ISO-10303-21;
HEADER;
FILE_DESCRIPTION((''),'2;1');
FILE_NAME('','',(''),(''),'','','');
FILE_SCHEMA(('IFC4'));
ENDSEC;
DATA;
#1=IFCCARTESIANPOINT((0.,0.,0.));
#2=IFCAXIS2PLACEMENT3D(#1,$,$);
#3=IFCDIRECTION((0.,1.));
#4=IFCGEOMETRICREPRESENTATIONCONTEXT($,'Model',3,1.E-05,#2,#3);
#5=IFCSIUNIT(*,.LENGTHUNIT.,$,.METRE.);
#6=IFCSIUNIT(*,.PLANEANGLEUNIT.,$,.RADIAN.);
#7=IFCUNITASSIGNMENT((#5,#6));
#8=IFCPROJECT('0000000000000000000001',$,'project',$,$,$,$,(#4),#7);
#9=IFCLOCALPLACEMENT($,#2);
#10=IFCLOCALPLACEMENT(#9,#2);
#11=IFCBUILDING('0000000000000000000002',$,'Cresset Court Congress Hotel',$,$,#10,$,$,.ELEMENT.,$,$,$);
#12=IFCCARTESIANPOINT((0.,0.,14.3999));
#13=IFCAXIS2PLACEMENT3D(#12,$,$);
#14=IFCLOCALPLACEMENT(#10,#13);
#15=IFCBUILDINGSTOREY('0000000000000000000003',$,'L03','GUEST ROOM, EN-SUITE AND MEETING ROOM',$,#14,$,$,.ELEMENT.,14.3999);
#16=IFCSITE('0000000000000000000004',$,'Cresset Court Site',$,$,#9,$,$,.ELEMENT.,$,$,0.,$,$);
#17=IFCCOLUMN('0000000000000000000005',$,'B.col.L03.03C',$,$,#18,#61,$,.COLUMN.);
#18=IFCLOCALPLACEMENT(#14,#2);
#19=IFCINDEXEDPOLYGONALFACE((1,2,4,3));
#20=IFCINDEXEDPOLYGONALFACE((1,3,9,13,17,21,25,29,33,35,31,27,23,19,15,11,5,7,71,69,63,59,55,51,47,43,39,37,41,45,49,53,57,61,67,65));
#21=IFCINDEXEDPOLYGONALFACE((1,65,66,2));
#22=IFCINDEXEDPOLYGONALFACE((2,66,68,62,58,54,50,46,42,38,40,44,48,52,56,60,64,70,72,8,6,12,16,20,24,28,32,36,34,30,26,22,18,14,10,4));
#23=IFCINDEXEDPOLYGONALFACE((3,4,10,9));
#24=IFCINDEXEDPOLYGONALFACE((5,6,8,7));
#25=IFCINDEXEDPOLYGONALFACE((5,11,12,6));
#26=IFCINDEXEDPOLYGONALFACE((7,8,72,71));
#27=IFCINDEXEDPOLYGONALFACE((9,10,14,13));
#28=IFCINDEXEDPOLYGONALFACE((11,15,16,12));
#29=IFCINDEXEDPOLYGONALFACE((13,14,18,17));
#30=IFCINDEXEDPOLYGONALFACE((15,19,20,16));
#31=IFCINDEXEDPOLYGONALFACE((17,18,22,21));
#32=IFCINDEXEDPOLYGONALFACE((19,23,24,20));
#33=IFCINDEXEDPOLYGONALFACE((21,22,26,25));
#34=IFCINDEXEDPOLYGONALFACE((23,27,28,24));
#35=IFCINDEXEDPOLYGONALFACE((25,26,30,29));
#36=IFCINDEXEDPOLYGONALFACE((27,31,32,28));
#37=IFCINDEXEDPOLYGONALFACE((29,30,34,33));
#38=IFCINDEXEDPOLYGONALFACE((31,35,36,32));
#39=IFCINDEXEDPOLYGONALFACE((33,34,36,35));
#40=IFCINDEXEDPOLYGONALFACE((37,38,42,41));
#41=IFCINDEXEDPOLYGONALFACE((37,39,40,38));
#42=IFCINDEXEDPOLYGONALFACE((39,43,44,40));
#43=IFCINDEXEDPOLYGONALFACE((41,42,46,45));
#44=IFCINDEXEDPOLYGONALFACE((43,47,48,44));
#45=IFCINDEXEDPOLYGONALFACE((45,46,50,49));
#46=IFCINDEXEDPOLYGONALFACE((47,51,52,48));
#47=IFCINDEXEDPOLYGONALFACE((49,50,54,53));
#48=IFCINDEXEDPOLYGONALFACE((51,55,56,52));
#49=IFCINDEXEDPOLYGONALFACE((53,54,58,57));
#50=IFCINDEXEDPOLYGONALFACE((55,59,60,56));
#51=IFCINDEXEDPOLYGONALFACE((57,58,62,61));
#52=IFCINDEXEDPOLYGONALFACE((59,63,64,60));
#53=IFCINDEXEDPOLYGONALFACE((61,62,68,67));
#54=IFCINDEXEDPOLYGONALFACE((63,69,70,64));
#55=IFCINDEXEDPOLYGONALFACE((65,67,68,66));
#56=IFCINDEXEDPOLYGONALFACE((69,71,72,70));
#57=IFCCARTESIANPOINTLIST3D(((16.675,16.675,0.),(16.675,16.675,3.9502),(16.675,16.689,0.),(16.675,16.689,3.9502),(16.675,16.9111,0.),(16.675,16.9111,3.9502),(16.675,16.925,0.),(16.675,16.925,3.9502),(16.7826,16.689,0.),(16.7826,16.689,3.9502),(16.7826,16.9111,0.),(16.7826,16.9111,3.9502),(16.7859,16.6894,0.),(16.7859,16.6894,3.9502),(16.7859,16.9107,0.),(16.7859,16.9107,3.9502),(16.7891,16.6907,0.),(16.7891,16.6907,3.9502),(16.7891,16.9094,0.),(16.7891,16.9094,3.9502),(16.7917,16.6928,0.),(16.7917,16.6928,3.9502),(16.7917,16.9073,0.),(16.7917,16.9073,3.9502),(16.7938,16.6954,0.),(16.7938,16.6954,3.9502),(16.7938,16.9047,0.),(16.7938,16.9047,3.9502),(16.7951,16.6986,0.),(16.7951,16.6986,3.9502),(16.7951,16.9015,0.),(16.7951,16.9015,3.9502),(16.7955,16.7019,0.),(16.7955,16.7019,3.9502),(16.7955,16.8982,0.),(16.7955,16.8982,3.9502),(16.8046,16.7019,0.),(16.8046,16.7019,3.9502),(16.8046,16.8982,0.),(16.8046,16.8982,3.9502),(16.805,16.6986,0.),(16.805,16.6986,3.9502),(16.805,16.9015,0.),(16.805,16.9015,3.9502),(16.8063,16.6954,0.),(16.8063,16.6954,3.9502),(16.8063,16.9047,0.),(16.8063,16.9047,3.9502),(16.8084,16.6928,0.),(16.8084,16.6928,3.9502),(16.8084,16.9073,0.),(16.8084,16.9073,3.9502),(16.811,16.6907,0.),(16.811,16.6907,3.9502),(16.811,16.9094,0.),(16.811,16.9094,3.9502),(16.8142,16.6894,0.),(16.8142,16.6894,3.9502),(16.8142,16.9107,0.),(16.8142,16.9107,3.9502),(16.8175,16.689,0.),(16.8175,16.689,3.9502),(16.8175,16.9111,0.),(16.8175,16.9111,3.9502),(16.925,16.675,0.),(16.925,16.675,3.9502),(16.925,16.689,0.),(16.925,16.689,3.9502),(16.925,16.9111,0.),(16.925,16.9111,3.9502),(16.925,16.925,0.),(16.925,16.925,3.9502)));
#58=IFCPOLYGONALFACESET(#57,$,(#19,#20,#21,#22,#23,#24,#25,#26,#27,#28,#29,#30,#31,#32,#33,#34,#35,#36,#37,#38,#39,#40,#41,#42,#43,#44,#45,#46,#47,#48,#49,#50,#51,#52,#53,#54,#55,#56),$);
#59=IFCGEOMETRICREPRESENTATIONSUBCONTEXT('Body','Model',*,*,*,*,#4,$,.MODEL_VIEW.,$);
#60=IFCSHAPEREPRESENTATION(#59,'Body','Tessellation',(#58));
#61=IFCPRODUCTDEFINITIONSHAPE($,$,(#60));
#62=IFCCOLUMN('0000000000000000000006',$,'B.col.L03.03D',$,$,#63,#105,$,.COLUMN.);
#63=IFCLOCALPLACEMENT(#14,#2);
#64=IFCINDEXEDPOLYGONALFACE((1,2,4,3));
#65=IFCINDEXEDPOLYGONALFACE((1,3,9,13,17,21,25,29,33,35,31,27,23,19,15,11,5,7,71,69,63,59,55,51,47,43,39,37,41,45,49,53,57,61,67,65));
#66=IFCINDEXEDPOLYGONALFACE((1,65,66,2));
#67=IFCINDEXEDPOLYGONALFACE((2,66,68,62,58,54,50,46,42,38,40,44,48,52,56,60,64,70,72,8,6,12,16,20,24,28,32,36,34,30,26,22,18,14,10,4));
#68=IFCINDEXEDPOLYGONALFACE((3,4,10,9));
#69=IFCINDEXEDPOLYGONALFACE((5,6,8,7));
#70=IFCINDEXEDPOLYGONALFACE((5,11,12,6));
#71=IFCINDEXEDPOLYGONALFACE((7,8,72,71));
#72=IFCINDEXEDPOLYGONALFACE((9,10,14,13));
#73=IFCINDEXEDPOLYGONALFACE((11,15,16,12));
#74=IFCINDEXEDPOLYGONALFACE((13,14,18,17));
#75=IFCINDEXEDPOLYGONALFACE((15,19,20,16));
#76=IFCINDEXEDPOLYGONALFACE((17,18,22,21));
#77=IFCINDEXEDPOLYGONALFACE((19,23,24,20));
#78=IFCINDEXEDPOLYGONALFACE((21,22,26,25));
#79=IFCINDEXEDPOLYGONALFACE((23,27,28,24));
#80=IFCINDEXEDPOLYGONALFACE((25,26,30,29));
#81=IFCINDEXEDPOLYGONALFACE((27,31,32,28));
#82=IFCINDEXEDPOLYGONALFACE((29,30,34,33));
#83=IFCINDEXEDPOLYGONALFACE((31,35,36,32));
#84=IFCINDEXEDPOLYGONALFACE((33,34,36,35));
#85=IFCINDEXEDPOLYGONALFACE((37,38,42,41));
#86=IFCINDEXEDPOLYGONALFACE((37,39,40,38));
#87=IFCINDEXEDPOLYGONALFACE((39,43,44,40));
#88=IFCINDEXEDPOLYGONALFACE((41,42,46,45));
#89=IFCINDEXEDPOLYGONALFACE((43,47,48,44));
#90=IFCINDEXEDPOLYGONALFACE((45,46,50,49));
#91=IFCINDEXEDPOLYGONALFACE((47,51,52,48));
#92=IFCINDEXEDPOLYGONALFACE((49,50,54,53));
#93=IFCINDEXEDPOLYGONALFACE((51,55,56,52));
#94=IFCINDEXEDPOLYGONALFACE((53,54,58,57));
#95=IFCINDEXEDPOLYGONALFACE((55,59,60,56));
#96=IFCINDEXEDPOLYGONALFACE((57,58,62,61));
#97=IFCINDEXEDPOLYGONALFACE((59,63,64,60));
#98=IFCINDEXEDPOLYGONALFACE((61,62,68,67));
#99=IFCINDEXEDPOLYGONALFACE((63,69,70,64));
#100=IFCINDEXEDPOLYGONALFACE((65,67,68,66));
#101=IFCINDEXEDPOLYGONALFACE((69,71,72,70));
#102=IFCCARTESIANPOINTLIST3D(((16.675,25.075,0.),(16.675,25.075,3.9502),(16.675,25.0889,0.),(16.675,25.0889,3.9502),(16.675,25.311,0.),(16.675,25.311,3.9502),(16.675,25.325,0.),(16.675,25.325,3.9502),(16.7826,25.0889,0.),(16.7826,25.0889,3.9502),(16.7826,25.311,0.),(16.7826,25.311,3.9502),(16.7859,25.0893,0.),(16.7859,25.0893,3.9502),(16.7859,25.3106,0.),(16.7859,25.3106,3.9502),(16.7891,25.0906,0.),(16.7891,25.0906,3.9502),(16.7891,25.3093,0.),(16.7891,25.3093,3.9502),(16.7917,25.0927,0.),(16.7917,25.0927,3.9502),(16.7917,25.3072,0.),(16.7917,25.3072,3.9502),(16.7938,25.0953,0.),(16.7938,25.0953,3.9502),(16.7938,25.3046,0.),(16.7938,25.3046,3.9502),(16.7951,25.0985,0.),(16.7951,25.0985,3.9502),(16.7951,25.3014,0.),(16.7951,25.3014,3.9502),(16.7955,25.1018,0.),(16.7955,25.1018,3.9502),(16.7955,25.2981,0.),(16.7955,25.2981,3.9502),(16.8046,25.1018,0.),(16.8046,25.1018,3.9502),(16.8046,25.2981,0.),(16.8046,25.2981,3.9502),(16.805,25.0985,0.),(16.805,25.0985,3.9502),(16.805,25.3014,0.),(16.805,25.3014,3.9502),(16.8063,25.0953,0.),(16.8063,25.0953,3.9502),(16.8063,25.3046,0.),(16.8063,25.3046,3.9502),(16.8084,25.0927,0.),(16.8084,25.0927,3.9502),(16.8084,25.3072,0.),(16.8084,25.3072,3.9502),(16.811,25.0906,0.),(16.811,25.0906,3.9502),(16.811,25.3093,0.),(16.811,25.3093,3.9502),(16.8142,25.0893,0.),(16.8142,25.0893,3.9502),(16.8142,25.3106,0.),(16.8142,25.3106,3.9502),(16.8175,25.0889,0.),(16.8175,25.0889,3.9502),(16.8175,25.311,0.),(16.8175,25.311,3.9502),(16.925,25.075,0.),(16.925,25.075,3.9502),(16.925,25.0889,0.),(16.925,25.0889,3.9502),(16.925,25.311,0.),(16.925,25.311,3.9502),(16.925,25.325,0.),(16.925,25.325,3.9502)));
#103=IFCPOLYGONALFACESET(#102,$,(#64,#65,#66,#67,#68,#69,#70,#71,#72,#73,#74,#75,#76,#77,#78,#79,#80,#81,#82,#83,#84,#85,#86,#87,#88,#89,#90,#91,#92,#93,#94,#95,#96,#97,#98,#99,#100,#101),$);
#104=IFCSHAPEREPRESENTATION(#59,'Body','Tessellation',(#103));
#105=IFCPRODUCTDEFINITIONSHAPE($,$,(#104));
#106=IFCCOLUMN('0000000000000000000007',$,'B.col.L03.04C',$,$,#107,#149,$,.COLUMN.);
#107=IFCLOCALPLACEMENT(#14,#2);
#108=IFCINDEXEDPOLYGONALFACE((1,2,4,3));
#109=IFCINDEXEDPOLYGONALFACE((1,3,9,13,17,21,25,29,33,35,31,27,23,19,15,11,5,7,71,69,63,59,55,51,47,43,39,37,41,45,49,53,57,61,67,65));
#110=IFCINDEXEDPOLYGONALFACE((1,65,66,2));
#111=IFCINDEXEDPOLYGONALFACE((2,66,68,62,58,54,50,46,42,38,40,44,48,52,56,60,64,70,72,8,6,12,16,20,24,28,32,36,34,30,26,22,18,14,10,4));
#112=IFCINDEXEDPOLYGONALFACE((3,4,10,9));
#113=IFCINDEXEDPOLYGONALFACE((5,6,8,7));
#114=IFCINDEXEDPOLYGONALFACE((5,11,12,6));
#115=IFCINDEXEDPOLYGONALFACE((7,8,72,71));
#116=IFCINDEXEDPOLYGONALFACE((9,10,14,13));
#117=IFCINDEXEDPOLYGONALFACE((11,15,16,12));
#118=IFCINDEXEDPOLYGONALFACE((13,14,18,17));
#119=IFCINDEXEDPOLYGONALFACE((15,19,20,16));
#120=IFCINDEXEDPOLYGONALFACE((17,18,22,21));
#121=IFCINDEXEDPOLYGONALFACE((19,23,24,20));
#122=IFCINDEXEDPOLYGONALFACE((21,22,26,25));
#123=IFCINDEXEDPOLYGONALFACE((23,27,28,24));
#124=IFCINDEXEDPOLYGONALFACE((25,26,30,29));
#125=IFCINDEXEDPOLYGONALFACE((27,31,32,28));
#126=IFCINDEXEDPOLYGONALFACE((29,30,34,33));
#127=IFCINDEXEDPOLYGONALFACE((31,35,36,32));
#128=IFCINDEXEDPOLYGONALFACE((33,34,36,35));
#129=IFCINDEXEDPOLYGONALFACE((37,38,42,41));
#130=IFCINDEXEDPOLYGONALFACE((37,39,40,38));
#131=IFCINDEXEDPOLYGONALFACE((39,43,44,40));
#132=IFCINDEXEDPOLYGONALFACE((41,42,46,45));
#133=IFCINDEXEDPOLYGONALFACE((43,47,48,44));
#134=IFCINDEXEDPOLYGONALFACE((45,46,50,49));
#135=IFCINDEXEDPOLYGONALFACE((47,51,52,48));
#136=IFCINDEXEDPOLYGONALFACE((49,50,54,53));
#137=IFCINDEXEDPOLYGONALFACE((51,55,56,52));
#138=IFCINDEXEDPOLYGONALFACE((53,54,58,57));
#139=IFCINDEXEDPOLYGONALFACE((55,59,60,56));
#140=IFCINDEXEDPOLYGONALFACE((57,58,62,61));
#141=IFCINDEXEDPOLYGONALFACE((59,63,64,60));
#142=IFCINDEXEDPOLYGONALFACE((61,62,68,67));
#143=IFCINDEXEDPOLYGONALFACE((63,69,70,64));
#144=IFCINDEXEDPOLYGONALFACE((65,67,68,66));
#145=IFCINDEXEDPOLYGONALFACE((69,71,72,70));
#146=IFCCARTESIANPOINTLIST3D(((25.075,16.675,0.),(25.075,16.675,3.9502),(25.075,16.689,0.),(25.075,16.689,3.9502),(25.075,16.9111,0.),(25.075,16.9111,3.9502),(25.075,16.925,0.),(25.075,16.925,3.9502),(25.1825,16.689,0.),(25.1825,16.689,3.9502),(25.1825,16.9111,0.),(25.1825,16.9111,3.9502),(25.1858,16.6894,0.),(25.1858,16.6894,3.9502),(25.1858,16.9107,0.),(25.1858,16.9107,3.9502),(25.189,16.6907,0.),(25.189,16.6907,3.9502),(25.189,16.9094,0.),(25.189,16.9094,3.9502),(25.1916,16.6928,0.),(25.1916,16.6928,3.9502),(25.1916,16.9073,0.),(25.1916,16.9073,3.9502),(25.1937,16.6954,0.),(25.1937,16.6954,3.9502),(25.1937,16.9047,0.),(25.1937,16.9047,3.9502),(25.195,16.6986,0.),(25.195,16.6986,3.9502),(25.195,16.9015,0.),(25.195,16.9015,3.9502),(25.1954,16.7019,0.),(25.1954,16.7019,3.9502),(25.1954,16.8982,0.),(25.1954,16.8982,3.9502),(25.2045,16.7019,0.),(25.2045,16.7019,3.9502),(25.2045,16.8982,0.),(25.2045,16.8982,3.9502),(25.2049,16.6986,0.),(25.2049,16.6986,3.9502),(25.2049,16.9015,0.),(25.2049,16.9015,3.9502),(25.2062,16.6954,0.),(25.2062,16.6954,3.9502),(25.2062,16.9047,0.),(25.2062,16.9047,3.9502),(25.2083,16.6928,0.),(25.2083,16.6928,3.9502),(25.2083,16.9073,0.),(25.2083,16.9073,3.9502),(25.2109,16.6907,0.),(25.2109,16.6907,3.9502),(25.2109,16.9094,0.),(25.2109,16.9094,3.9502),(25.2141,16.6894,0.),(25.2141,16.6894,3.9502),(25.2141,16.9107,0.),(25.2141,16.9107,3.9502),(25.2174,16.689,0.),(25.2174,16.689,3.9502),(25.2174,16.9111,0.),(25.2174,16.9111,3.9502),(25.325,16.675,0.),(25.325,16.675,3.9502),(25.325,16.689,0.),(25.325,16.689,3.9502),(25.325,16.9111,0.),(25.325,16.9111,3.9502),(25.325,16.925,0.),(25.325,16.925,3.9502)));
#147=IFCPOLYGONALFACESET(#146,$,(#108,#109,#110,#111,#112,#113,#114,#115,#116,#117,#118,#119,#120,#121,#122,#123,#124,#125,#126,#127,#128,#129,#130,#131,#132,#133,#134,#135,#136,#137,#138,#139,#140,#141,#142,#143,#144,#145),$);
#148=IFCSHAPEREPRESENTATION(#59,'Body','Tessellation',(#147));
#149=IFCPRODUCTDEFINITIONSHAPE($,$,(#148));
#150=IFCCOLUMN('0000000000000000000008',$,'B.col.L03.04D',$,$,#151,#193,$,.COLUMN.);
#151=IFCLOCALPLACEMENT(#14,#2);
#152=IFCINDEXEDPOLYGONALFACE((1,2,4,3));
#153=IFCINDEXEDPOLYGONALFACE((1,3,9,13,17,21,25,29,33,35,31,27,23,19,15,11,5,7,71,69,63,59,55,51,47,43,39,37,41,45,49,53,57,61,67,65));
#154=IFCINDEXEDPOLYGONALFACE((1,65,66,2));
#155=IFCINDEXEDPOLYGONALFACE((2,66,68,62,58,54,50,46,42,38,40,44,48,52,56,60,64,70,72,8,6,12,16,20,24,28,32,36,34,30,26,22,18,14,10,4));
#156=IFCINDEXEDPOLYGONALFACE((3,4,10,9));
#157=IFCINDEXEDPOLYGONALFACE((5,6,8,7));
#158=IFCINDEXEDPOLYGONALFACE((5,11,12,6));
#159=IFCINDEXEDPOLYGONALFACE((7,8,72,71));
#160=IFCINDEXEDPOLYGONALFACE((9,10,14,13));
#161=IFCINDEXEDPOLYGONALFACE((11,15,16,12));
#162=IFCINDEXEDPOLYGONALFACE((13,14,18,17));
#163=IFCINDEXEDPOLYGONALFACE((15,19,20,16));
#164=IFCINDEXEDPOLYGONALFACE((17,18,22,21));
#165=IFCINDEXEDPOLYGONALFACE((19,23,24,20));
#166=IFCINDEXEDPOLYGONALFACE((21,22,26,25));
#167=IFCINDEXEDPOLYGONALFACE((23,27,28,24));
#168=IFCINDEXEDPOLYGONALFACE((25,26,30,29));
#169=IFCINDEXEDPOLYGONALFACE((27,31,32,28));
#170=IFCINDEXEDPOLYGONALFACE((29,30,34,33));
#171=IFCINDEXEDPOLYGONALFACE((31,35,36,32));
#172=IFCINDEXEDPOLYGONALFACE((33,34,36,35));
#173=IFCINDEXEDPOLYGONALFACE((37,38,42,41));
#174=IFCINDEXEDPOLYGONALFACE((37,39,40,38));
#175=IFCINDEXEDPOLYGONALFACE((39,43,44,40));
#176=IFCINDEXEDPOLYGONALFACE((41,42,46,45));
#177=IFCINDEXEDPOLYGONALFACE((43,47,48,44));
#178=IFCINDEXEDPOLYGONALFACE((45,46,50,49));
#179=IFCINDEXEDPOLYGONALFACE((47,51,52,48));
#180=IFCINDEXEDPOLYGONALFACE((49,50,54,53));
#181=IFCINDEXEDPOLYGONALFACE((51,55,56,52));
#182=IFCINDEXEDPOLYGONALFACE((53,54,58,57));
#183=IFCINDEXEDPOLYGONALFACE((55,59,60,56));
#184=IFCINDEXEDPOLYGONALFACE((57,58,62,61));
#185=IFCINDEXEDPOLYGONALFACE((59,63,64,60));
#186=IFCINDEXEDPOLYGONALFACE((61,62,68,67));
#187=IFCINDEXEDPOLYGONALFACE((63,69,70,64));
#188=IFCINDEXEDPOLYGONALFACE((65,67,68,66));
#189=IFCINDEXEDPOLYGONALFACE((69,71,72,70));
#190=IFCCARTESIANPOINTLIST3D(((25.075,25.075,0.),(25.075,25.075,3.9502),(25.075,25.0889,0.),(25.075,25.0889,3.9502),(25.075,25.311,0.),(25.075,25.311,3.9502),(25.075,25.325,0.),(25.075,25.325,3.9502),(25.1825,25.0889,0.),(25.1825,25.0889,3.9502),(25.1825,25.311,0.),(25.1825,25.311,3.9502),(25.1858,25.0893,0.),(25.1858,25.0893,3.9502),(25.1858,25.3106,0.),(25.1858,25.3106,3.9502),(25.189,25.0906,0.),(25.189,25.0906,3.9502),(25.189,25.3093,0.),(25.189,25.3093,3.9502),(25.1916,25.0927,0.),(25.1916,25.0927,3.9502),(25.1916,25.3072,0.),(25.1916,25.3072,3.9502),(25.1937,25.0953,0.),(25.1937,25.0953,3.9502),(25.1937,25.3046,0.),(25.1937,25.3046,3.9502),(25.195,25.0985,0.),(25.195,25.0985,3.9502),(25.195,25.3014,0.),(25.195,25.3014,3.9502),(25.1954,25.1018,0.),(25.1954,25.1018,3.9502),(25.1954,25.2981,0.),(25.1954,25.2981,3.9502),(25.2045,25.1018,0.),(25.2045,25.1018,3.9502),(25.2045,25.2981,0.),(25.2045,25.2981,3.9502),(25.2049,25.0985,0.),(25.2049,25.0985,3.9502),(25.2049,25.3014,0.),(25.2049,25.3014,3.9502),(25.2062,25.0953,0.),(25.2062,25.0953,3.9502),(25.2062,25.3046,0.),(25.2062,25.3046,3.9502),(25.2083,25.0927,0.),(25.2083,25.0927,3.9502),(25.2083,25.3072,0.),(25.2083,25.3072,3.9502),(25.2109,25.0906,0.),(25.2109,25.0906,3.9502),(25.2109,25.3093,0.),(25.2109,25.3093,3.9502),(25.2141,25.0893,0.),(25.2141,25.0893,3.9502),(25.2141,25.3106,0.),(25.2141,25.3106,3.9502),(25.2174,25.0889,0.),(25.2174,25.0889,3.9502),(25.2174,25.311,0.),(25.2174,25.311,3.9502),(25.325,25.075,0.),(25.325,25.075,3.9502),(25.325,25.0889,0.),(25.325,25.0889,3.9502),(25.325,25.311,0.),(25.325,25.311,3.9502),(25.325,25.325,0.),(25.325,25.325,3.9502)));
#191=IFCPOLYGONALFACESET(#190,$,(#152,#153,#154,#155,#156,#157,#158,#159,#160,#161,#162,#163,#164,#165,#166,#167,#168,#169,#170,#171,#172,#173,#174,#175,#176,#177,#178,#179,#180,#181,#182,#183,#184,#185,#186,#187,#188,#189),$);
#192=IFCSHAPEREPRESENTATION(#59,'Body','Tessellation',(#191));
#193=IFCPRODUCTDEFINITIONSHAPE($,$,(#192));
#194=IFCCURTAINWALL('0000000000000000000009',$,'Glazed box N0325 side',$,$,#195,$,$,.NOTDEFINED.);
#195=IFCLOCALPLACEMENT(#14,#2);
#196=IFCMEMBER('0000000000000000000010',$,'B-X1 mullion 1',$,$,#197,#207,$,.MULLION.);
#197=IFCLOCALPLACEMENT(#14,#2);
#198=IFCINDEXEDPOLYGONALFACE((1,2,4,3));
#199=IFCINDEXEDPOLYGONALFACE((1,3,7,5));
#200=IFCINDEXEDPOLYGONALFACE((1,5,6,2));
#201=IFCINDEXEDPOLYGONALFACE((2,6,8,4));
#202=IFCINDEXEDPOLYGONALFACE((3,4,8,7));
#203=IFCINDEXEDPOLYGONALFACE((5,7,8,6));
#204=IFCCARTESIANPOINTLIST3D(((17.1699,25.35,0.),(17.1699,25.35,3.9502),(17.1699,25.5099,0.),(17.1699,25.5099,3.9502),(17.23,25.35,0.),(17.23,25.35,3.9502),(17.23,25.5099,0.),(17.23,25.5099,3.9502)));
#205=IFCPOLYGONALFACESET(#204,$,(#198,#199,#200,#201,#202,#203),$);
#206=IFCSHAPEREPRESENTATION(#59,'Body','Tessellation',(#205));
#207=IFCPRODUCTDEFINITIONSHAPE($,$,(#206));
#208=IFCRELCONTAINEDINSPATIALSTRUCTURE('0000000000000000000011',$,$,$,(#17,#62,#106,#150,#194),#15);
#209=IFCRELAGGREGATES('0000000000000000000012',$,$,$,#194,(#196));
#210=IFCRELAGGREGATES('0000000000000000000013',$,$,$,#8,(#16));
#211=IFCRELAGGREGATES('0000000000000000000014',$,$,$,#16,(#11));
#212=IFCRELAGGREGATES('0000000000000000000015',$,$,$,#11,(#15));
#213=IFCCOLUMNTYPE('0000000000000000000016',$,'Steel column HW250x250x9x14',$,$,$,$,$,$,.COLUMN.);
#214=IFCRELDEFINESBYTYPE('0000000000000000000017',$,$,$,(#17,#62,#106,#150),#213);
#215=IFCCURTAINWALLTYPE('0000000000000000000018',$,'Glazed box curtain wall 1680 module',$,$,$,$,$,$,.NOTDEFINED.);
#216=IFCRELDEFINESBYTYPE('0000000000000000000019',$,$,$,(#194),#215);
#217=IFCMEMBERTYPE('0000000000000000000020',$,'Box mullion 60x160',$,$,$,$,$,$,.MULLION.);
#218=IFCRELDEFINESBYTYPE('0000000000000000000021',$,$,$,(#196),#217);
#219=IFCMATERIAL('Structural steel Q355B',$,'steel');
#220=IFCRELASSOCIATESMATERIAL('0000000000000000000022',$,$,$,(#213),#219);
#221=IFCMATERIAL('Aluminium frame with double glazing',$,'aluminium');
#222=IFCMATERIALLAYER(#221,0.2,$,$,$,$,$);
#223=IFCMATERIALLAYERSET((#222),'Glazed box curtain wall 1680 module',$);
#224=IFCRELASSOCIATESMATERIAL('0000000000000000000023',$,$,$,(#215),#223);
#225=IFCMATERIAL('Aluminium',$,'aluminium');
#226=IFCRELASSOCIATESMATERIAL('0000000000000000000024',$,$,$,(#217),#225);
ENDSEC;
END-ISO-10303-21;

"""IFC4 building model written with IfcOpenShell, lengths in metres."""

from ifc_helpers import new_model, si_unit, direction, frame, origin, origin_2d, place, context, subcontext, project, spatial, rectangle, i_section, extrude, material, layer, layer_set, material_profile, profile_set, type_object, element, aggregate, save


model = new_model("IFC4")

# Units and contexts
model_context = context("Model", 3, precision=1e-05, world=origin(), true_north=direction((0.0, 1.0)))
body_context = subcontext(model_context, "Body", "Model", "MODEL_VIEW")
ifc_project = project(units=[si_unit("LENGTHUNIT", "METRE"), si_unit("PLANEANGLEUNIT", "RADIAN")], contexts=[model_context])

# Site, building, storey
site_placement = place(None, origin())
site = spatial("IfcSite", under=ifc_project, at=site_placement, Name="Cresset Court Site", CompositionType="ELEMENT", RefElevation=0.0)
building_placement = place(site_placement, origin())
building = spatial("IfcBuilding", under=site, at=building_placement, Name="Cresset Court Congress Hotel", CompositionType="ELEMENT")
storey_placement = place(building_placement, frame((0.0, 0.0, 14.3999)))
storey = spatial("IfcBuildingStorey", under=building, at=storey_placement, Name="L03", Description="GUEST ROOM, EN-SUITE AND MEETING ROOM", CompositionType="ELEMENT", Elevation=14.3999)

# Columns
ifc_material_1 = material(Name="Structural steel Q355B", Category="steel")
ifc_material_profile_1 = material_profile(ifc_material_1, i_section(OverallWidth=0.25, OverallDepth=0.25, WebThickness=0.009, FlangeThickness=0.0139, FilletRadius=0.0129, at=origin_2d()), Name="HW250x250x9x14")
ifc_profile_set_1 = profile_set([ifc_material_profile_1], Name="Structural steel Q355B")
column_type = type_object("IfcColumnType", Name="Steel column HW250x250x9x14", PredefinedType="COLUMN", material=ifc_profile_set_1)
for number, where, z_axis, x_axis, name in (
    (1, (16.8, 16.8, 0.0), (0.0, 0.0, 1.0), (1.0, 0.0, 0.0), "B.col.L03.03C"),
    (2, (16.8, 25.2, 0.0), (0.0, 0.0, 1.0), (1.0, 0.0, 0.0), "B.col.L03.03D"),
    (3, (25.2, 16.8, 0.0), (0.0, 0.0, 1.0), (1.0, 0.0, 0.0), "B.col.L03.04C"),
    (4, (25.2, 25.2, 0.0), (0.0, 0.0, 1.0), (1.0, 0.0, 0.0), "B.col.L03.04D"),
):
    element("IfcColumn", number, at=place(storey_placement, frame(where, z_axis=z_axis, x_axis=x_axis)), inside=storey, type_object=column_type, Name=name, PredefinedType="COLUMN", context=body_context, shape_type="SweptSolid", body=[
        extrude(i_section(OverallWidth=0.25, OverallDepth=0.25, WebThickness=0.009, FlangeThickness=0.0139, FilletRadius=0.0129, at=origin_2d()), origin(), (0.0, 0.0, 1.0), 3.9502),
    ])

# Curtain wall, member
ifc_material_2 = material(Name="Aluminium frame with double glazing", Category="aluminium")
ifc_layer_1 = layer(ifc_material_2, 0.2)
ifc_layer_set_1 = layer_set([ifc_layer_1], Name="Glazed box curtain wall 1680 module")
curtain_wall_type = type_object("IfcCurtainWallType", Name="Glazed box curtain wall 1680 module", PredefinedType="NOTDEFINED", material=ifc_layer_set_1)
curtain_wall_1_placement = place(storey_placement, origin())
curtain_wall_1 = element("IfcCurtainWall", 5, at=curtain_wall_1_placement, inside=storey, type_object=curtain_wall_type, Name="Glazed box N0325 side", PredefinedType="NOTDEFINED")
ifc_material_3 = material(Name="Aluminium", Category="aluminium")
ifc_material_profile_2 = material_profile(ifc_material_3, rectangle(XDim=0.0601, YDim=0.1599, at=origin_2d()), Name="Box mullion 60x160")
ifc_profile_set_2 = profile_set([ifc_material_profile_2], Name="Aluminium")
member_type_1 = type_object("IfcMemberType", Name="Box mullion 60x160", PredefinedType="MULLION", material=ifc_profile_set_2)
member_1_placement = place(storey_placement, frame((17.2, 25.4299, 0.0), z_axis=(0.0, 0.0, 1.0), x_axis=(-1.0, 0.0, 0.0)))
member_1 = element("IfcMember", 6, at=member_1_placement, type_object=member_type_1, Name="B-X1 mullion 1", PredefinedType="MULLION", context=body_context, shape_type="SweptSolid", body=[
    extrude(rectangle(XDim=0.0601, YDim=0.1599, at=origin_2d()), origin(), (0.0, 0.0, 1.0), 3.9502),
])

aggregate(curtain_wall_1, [member_1])

save(model, "model.ifc")
